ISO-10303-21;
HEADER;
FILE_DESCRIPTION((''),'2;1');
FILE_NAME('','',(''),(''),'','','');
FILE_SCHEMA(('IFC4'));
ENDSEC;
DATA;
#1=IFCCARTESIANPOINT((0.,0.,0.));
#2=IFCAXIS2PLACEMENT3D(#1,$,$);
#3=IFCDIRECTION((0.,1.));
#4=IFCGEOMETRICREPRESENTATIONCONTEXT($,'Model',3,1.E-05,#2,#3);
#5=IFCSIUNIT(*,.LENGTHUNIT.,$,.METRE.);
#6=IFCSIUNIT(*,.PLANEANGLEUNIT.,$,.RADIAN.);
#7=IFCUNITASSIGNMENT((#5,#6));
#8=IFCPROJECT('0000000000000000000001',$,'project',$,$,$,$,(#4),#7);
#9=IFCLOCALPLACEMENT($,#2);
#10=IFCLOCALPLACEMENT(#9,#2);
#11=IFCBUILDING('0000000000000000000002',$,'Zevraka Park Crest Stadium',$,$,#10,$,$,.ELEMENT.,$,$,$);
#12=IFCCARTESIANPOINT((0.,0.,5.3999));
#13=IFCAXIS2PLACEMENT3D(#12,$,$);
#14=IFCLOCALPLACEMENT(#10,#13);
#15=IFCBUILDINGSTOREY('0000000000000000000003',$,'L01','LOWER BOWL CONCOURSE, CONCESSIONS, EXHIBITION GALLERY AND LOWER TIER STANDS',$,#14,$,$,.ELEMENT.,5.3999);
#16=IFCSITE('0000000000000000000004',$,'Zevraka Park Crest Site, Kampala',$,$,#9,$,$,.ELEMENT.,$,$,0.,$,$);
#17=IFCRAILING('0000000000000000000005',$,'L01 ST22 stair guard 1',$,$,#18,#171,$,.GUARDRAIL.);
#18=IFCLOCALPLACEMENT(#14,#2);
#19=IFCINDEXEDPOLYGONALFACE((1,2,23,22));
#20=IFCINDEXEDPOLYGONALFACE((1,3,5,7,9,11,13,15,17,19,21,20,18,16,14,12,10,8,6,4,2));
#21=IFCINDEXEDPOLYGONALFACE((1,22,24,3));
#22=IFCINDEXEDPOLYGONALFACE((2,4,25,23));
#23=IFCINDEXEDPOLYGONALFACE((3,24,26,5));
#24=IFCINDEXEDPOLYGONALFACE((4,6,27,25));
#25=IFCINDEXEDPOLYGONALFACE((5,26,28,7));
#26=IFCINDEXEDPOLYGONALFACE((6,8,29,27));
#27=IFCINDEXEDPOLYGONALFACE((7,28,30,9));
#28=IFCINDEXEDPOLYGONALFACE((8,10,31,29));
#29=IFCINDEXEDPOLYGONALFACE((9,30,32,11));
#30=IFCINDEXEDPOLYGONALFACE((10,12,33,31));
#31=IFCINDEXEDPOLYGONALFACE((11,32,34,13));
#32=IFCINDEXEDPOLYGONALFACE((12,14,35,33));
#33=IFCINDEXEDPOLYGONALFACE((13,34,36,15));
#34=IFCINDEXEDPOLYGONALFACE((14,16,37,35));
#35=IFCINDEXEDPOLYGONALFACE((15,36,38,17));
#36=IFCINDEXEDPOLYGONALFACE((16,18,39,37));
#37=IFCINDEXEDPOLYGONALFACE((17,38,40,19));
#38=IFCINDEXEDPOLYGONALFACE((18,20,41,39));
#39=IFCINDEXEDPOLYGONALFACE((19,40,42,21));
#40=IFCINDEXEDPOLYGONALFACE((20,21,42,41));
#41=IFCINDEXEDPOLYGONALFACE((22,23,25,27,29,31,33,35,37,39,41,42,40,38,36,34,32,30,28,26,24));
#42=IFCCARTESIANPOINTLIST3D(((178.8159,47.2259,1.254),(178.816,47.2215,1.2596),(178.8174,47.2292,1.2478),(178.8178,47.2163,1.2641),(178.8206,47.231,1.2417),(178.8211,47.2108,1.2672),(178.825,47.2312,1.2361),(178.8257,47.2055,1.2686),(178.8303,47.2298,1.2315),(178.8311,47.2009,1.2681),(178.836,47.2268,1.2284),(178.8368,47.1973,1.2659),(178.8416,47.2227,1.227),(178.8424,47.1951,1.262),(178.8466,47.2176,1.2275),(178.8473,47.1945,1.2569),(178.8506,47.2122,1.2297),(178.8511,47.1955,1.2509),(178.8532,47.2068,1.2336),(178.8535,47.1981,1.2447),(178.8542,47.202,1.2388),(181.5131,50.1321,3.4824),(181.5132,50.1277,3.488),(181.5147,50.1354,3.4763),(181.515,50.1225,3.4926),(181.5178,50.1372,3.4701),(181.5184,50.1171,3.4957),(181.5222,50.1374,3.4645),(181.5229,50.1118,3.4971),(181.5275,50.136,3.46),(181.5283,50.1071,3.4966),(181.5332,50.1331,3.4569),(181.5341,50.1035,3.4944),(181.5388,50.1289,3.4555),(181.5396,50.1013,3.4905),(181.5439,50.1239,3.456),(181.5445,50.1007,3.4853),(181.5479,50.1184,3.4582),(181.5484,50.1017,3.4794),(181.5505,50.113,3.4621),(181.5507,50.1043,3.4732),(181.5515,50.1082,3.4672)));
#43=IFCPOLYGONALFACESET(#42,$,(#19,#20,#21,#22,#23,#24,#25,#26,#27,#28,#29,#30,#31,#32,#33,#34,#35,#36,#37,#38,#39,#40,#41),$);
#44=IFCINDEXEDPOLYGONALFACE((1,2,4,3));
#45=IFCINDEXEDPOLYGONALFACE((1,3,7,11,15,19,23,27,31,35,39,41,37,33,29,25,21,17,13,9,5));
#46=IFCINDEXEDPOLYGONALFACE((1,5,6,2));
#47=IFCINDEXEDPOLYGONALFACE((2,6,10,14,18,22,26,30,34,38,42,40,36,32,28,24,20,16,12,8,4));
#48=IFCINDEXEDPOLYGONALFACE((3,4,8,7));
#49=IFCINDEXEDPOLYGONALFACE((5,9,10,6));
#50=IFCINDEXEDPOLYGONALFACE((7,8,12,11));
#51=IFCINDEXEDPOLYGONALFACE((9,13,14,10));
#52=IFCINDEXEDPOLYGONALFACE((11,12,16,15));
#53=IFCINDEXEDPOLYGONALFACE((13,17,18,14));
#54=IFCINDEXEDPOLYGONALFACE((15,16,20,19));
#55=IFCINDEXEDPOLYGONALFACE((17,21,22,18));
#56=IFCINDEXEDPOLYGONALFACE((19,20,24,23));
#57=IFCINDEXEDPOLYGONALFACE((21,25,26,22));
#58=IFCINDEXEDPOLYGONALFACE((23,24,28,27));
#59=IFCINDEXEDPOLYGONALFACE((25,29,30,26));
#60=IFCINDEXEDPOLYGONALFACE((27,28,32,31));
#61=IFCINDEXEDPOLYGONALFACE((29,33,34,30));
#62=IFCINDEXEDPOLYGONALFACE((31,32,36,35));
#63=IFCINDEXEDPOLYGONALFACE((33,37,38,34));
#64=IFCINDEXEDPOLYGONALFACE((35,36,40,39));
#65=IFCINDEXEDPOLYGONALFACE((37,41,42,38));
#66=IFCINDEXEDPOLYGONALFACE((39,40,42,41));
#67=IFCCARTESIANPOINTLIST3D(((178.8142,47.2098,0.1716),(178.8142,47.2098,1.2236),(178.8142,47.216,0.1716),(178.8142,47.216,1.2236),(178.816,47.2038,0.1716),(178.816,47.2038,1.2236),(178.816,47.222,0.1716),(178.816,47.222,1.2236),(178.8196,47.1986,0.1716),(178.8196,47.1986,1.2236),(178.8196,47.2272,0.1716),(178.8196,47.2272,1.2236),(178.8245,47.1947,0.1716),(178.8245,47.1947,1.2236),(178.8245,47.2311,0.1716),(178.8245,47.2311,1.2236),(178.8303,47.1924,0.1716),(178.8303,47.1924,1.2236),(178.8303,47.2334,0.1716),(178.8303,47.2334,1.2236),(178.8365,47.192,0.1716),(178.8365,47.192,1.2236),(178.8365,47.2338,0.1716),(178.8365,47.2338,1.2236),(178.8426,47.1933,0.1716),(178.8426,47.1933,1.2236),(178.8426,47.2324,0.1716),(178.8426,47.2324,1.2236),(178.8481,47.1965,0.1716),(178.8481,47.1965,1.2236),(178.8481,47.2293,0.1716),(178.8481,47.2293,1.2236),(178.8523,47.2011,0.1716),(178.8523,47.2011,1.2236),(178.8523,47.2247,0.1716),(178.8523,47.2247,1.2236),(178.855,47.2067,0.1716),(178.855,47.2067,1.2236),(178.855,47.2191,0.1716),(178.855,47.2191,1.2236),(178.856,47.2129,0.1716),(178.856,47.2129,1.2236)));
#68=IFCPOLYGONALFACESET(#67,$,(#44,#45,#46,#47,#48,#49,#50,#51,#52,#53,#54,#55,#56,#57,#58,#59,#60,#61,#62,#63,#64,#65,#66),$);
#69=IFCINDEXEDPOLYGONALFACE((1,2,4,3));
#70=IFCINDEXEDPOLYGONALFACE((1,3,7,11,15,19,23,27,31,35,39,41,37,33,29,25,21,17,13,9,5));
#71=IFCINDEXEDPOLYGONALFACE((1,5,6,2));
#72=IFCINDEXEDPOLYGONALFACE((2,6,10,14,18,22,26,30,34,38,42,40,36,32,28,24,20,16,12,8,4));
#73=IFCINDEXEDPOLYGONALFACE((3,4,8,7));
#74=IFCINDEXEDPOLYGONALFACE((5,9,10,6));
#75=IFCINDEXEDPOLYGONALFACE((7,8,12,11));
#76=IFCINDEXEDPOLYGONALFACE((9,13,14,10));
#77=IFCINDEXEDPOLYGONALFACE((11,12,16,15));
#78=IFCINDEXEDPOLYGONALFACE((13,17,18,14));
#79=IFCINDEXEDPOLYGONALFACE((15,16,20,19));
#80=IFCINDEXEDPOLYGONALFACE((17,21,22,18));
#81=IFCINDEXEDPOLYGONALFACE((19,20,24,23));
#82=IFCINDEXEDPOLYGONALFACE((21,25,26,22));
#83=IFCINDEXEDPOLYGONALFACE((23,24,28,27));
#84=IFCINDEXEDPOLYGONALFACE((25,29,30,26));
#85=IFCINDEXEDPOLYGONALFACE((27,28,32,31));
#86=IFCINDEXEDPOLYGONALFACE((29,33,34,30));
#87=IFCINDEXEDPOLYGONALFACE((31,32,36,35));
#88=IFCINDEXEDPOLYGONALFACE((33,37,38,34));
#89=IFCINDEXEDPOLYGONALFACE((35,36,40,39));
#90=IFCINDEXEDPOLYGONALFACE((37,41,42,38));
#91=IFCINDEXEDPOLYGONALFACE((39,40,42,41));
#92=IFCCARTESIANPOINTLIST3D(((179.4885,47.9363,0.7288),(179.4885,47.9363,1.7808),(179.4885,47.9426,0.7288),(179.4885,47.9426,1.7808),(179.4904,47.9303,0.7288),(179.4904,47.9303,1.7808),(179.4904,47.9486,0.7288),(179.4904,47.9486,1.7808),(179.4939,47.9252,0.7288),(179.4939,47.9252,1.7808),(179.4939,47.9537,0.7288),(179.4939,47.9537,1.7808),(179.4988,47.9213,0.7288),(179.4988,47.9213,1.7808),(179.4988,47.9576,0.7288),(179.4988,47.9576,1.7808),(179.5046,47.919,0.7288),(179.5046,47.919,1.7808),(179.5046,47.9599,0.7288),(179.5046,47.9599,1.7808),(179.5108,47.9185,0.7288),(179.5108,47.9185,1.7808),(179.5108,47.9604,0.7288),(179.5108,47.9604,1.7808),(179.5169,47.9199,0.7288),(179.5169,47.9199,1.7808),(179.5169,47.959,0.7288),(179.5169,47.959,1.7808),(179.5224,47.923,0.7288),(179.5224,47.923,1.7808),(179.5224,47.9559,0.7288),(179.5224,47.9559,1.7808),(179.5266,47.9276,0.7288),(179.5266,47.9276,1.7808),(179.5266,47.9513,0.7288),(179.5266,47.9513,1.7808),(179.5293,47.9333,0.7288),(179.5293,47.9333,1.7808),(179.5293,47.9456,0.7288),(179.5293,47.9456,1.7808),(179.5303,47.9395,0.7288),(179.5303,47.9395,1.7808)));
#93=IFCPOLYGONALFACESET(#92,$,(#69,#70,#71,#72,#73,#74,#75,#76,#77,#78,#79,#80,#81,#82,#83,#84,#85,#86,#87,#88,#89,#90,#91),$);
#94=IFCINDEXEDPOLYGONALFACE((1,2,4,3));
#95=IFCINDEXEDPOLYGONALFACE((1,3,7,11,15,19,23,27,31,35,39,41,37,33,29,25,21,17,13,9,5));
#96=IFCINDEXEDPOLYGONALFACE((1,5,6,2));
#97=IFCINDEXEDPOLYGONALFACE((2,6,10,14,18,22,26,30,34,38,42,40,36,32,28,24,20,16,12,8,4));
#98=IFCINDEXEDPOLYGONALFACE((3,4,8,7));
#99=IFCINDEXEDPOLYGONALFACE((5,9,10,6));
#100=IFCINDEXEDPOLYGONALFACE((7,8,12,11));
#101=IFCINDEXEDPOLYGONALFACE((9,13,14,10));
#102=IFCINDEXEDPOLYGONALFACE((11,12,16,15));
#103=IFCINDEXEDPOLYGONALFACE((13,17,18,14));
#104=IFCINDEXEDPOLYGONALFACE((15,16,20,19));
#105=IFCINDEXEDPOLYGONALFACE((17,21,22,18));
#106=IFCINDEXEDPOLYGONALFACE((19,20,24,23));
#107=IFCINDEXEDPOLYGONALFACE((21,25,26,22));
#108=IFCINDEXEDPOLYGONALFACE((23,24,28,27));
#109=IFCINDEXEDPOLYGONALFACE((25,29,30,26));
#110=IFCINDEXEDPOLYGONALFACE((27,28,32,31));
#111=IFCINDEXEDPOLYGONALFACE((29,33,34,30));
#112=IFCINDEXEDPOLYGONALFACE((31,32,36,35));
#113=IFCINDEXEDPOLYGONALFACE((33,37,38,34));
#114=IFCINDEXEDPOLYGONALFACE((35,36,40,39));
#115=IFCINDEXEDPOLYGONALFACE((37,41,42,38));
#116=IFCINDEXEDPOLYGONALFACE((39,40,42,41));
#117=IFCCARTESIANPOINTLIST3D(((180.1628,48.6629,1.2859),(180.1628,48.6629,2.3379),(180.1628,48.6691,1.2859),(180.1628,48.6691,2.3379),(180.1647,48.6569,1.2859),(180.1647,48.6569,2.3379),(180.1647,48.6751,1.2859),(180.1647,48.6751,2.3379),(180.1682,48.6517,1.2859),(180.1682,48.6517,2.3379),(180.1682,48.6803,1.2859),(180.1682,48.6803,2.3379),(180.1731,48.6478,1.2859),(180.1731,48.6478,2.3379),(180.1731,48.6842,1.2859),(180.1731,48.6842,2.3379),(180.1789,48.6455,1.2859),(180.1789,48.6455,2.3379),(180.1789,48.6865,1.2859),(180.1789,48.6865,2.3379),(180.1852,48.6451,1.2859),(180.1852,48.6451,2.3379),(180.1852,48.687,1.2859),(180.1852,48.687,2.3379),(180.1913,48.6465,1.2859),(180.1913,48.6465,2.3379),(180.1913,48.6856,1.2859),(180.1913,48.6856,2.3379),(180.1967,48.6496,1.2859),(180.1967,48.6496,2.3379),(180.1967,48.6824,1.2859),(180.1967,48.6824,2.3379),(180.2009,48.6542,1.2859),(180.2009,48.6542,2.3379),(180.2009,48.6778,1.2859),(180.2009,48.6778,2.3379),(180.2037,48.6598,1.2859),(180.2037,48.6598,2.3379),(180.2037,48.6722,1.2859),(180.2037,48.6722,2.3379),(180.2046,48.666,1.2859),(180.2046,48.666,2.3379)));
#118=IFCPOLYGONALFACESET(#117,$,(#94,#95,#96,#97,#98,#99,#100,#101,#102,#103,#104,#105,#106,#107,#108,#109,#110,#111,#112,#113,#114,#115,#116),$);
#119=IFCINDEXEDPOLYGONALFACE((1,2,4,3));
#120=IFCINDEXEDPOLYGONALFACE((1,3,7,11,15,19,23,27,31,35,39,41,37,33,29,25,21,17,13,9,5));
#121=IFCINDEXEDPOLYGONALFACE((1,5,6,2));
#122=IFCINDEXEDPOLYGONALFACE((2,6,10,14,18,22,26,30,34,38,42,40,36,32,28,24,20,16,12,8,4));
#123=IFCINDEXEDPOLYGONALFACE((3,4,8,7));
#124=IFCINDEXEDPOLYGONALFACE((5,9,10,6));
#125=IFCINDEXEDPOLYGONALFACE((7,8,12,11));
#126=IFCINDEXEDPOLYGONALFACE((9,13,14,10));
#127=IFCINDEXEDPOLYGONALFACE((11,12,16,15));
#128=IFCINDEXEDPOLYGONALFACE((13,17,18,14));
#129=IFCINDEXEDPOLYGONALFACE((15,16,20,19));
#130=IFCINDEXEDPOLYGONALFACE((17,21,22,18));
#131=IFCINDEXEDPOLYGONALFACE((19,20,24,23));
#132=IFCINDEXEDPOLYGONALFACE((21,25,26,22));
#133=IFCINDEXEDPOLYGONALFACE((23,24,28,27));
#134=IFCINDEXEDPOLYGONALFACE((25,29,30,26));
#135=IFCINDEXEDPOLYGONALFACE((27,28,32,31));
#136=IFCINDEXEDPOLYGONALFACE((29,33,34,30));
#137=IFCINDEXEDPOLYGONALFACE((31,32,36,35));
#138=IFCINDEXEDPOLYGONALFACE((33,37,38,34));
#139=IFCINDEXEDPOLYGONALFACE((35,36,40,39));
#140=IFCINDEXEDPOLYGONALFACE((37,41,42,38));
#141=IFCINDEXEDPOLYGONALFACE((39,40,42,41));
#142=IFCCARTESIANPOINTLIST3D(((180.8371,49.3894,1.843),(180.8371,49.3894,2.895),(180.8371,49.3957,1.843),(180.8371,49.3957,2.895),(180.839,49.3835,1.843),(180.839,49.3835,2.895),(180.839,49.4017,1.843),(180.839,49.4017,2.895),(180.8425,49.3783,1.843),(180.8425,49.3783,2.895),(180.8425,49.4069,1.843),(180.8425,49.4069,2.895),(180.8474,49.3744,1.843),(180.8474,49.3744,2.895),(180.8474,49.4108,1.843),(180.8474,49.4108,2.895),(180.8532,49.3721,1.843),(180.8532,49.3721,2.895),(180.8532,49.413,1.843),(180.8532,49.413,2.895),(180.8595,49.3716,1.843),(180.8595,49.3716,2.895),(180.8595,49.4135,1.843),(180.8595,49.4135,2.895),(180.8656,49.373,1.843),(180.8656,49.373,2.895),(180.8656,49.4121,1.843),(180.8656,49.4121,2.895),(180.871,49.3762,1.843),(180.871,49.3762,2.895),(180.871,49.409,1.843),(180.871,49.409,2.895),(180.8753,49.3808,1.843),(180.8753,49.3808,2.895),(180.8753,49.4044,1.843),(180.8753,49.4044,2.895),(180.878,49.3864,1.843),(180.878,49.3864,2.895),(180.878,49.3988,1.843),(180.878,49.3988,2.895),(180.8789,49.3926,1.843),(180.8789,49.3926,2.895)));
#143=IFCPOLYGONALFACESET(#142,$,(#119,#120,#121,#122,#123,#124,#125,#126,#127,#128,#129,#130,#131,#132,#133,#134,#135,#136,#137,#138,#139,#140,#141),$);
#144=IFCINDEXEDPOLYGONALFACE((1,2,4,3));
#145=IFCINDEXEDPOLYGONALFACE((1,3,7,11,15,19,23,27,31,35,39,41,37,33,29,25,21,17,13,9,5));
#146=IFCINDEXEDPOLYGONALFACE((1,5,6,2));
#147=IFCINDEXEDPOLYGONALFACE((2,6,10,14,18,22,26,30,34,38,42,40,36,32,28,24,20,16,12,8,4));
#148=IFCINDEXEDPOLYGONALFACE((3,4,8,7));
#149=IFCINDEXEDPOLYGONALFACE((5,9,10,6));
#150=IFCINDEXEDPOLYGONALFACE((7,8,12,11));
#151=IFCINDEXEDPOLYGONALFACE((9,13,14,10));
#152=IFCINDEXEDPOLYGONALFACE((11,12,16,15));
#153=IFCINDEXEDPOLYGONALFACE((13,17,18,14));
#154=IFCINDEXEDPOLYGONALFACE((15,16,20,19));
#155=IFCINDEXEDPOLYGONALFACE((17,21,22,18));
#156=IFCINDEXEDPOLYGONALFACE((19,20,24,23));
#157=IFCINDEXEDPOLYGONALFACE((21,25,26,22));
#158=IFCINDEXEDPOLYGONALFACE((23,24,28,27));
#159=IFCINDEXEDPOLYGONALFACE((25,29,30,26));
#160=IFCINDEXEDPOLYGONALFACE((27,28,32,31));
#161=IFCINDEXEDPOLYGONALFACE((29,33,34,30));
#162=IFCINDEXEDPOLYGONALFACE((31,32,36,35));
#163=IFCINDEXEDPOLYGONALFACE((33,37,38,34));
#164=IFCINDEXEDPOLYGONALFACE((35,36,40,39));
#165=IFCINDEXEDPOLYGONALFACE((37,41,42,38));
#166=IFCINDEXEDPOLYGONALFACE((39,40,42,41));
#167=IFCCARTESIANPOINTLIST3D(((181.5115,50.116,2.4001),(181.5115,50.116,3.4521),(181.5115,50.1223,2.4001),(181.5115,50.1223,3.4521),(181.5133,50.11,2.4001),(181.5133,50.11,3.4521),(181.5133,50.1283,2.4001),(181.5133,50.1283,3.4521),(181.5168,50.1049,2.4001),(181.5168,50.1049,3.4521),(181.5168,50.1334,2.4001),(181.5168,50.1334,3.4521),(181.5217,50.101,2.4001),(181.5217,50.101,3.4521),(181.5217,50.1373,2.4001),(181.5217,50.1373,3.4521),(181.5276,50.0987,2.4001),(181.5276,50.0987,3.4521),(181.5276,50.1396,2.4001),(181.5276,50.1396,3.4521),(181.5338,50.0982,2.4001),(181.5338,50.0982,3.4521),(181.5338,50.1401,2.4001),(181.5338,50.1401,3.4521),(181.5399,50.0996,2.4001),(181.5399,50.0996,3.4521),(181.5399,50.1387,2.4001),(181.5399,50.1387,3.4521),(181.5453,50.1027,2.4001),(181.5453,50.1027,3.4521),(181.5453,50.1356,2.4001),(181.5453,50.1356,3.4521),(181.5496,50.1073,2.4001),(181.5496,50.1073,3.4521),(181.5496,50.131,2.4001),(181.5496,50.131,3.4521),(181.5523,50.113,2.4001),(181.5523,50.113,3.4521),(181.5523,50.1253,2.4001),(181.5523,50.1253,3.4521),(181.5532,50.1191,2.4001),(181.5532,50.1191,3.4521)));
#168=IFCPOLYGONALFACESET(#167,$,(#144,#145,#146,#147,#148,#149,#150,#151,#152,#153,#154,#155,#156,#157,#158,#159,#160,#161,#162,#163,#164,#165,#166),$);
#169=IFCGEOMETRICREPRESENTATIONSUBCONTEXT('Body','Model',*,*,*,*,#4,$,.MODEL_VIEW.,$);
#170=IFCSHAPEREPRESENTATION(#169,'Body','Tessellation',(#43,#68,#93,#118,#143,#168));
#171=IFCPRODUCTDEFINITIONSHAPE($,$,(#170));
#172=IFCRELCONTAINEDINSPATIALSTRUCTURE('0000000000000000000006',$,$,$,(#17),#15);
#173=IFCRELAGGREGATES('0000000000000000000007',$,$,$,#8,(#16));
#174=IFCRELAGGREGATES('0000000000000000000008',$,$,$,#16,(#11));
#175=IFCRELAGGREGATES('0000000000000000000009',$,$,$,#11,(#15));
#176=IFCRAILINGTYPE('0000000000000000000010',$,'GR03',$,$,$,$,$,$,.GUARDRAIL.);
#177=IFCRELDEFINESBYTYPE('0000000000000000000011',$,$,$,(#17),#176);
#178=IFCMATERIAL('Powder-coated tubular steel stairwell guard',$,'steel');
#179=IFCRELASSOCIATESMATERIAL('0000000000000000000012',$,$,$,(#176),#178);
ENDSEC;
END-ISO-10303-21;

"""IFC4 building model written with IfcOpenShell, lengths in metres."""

from ifc_helpers import new_model, si_unit, direction, frame, origin, origin_2d, place, context, subcontext, project, spatial, circle, extrude, material, type_object, element, save


model = new_model("IFC4")

# Units and contexts
model_context = context("Model", 3, precision=1e-05, world=origin(), true_north=direction((0.0, 1.0)))
body_context = subcontext(model_context, "Body", "Model", "MODEL_VIEW")
ifc_project = project(units=[si_unit("LENGTHUNIT", "METRE"), si_unit("PLANEANGLEUNIT", "RADIAN")], contexts=[model_context])

# Site, building, storey
site_placement = place(None, origin())
site = spatial("IfcSite", under=ifc_project, at=site_placement, Name="Zevraka Park Crest Site, Kampala", CompositionType="ELEMENT", RefElevation=0.0)
building_placement = place(site_placement, origin())
building = spatial("IfcBuilding", under=site, at=building_placement, Name="Zevraka Park Crest Stadium", CompositionType="ELEMENT")
storey_placement = place(building_placement, frame((0.0, 0.0, 5.3999)))
storey = spatial("IfcBuildingStorey", under=building, at=storey_placement, Name="L01", Description="LOWER BOWL CONCOURSE, CONCESSIONS, EXHIBITION GALLERY AND LOWER TIER STANDS", CompositionType="ELEMENT", Elevation=5.3999)

# Railing
ifc_material_1 = material(Name="Powder-coated tubular steel stairwell guard", Category="steel")
railing_type_1 = type_object("IfcRailingType", Name="GR03", PredefinedType="GUARDRAIL", material=ifc_material_1)
railing_1_placement = place(storey_placement, frame((178.835, 47.2129, 0.1716)))
element("IfcRailing", 1, at=railing_1_placement, inside=storey, type_object=railing_type_1, Name="L01 ST22 stair guard 1", PredefinedType="GUARDRAIL", context=body_context, shape_type="SweptSolid", body=[
    extrude(circle(Radius=0.0239, at=origin_2d()), frame((0.0, 0.0, 1.0762), z_axis=(0.593016, 0.638963, 0.489957), x_axis=(-0.732969, 0.680262, 0.0)), (0.0, 0.0, 1.0), 4.5483),
    extrude(circle(Radius=0.021, at=origin_2d()), origin(), (0.0, 0.0, 1.0), 1.052),
    extrude(circle(Radius=0.021, at=origin_2d()), frame((0.6743, 0.7266, 0.5571)), (0.0, 0.0, 1.0), 1.052),
    extrude(circle(Radius=0.021, at=origin_2d()), frame((1.3486, 1.4531, 1.1143)), (0.0, 0.0, 1.0), 1.052),
    extrude(circle(Radius=0.021, at=origin_2d()), frame((2.0229, 2.1797, 1.6714)), (0.0, 0.0, 1.0), 1.052),
    extrude(circle(Radius=0.021, at=origin_2d()), frame((2.6973, 2.9062, 2.2285)), (0.0, 0.0, 1.0), 1.052),
])

save(model, "model.ifc")
